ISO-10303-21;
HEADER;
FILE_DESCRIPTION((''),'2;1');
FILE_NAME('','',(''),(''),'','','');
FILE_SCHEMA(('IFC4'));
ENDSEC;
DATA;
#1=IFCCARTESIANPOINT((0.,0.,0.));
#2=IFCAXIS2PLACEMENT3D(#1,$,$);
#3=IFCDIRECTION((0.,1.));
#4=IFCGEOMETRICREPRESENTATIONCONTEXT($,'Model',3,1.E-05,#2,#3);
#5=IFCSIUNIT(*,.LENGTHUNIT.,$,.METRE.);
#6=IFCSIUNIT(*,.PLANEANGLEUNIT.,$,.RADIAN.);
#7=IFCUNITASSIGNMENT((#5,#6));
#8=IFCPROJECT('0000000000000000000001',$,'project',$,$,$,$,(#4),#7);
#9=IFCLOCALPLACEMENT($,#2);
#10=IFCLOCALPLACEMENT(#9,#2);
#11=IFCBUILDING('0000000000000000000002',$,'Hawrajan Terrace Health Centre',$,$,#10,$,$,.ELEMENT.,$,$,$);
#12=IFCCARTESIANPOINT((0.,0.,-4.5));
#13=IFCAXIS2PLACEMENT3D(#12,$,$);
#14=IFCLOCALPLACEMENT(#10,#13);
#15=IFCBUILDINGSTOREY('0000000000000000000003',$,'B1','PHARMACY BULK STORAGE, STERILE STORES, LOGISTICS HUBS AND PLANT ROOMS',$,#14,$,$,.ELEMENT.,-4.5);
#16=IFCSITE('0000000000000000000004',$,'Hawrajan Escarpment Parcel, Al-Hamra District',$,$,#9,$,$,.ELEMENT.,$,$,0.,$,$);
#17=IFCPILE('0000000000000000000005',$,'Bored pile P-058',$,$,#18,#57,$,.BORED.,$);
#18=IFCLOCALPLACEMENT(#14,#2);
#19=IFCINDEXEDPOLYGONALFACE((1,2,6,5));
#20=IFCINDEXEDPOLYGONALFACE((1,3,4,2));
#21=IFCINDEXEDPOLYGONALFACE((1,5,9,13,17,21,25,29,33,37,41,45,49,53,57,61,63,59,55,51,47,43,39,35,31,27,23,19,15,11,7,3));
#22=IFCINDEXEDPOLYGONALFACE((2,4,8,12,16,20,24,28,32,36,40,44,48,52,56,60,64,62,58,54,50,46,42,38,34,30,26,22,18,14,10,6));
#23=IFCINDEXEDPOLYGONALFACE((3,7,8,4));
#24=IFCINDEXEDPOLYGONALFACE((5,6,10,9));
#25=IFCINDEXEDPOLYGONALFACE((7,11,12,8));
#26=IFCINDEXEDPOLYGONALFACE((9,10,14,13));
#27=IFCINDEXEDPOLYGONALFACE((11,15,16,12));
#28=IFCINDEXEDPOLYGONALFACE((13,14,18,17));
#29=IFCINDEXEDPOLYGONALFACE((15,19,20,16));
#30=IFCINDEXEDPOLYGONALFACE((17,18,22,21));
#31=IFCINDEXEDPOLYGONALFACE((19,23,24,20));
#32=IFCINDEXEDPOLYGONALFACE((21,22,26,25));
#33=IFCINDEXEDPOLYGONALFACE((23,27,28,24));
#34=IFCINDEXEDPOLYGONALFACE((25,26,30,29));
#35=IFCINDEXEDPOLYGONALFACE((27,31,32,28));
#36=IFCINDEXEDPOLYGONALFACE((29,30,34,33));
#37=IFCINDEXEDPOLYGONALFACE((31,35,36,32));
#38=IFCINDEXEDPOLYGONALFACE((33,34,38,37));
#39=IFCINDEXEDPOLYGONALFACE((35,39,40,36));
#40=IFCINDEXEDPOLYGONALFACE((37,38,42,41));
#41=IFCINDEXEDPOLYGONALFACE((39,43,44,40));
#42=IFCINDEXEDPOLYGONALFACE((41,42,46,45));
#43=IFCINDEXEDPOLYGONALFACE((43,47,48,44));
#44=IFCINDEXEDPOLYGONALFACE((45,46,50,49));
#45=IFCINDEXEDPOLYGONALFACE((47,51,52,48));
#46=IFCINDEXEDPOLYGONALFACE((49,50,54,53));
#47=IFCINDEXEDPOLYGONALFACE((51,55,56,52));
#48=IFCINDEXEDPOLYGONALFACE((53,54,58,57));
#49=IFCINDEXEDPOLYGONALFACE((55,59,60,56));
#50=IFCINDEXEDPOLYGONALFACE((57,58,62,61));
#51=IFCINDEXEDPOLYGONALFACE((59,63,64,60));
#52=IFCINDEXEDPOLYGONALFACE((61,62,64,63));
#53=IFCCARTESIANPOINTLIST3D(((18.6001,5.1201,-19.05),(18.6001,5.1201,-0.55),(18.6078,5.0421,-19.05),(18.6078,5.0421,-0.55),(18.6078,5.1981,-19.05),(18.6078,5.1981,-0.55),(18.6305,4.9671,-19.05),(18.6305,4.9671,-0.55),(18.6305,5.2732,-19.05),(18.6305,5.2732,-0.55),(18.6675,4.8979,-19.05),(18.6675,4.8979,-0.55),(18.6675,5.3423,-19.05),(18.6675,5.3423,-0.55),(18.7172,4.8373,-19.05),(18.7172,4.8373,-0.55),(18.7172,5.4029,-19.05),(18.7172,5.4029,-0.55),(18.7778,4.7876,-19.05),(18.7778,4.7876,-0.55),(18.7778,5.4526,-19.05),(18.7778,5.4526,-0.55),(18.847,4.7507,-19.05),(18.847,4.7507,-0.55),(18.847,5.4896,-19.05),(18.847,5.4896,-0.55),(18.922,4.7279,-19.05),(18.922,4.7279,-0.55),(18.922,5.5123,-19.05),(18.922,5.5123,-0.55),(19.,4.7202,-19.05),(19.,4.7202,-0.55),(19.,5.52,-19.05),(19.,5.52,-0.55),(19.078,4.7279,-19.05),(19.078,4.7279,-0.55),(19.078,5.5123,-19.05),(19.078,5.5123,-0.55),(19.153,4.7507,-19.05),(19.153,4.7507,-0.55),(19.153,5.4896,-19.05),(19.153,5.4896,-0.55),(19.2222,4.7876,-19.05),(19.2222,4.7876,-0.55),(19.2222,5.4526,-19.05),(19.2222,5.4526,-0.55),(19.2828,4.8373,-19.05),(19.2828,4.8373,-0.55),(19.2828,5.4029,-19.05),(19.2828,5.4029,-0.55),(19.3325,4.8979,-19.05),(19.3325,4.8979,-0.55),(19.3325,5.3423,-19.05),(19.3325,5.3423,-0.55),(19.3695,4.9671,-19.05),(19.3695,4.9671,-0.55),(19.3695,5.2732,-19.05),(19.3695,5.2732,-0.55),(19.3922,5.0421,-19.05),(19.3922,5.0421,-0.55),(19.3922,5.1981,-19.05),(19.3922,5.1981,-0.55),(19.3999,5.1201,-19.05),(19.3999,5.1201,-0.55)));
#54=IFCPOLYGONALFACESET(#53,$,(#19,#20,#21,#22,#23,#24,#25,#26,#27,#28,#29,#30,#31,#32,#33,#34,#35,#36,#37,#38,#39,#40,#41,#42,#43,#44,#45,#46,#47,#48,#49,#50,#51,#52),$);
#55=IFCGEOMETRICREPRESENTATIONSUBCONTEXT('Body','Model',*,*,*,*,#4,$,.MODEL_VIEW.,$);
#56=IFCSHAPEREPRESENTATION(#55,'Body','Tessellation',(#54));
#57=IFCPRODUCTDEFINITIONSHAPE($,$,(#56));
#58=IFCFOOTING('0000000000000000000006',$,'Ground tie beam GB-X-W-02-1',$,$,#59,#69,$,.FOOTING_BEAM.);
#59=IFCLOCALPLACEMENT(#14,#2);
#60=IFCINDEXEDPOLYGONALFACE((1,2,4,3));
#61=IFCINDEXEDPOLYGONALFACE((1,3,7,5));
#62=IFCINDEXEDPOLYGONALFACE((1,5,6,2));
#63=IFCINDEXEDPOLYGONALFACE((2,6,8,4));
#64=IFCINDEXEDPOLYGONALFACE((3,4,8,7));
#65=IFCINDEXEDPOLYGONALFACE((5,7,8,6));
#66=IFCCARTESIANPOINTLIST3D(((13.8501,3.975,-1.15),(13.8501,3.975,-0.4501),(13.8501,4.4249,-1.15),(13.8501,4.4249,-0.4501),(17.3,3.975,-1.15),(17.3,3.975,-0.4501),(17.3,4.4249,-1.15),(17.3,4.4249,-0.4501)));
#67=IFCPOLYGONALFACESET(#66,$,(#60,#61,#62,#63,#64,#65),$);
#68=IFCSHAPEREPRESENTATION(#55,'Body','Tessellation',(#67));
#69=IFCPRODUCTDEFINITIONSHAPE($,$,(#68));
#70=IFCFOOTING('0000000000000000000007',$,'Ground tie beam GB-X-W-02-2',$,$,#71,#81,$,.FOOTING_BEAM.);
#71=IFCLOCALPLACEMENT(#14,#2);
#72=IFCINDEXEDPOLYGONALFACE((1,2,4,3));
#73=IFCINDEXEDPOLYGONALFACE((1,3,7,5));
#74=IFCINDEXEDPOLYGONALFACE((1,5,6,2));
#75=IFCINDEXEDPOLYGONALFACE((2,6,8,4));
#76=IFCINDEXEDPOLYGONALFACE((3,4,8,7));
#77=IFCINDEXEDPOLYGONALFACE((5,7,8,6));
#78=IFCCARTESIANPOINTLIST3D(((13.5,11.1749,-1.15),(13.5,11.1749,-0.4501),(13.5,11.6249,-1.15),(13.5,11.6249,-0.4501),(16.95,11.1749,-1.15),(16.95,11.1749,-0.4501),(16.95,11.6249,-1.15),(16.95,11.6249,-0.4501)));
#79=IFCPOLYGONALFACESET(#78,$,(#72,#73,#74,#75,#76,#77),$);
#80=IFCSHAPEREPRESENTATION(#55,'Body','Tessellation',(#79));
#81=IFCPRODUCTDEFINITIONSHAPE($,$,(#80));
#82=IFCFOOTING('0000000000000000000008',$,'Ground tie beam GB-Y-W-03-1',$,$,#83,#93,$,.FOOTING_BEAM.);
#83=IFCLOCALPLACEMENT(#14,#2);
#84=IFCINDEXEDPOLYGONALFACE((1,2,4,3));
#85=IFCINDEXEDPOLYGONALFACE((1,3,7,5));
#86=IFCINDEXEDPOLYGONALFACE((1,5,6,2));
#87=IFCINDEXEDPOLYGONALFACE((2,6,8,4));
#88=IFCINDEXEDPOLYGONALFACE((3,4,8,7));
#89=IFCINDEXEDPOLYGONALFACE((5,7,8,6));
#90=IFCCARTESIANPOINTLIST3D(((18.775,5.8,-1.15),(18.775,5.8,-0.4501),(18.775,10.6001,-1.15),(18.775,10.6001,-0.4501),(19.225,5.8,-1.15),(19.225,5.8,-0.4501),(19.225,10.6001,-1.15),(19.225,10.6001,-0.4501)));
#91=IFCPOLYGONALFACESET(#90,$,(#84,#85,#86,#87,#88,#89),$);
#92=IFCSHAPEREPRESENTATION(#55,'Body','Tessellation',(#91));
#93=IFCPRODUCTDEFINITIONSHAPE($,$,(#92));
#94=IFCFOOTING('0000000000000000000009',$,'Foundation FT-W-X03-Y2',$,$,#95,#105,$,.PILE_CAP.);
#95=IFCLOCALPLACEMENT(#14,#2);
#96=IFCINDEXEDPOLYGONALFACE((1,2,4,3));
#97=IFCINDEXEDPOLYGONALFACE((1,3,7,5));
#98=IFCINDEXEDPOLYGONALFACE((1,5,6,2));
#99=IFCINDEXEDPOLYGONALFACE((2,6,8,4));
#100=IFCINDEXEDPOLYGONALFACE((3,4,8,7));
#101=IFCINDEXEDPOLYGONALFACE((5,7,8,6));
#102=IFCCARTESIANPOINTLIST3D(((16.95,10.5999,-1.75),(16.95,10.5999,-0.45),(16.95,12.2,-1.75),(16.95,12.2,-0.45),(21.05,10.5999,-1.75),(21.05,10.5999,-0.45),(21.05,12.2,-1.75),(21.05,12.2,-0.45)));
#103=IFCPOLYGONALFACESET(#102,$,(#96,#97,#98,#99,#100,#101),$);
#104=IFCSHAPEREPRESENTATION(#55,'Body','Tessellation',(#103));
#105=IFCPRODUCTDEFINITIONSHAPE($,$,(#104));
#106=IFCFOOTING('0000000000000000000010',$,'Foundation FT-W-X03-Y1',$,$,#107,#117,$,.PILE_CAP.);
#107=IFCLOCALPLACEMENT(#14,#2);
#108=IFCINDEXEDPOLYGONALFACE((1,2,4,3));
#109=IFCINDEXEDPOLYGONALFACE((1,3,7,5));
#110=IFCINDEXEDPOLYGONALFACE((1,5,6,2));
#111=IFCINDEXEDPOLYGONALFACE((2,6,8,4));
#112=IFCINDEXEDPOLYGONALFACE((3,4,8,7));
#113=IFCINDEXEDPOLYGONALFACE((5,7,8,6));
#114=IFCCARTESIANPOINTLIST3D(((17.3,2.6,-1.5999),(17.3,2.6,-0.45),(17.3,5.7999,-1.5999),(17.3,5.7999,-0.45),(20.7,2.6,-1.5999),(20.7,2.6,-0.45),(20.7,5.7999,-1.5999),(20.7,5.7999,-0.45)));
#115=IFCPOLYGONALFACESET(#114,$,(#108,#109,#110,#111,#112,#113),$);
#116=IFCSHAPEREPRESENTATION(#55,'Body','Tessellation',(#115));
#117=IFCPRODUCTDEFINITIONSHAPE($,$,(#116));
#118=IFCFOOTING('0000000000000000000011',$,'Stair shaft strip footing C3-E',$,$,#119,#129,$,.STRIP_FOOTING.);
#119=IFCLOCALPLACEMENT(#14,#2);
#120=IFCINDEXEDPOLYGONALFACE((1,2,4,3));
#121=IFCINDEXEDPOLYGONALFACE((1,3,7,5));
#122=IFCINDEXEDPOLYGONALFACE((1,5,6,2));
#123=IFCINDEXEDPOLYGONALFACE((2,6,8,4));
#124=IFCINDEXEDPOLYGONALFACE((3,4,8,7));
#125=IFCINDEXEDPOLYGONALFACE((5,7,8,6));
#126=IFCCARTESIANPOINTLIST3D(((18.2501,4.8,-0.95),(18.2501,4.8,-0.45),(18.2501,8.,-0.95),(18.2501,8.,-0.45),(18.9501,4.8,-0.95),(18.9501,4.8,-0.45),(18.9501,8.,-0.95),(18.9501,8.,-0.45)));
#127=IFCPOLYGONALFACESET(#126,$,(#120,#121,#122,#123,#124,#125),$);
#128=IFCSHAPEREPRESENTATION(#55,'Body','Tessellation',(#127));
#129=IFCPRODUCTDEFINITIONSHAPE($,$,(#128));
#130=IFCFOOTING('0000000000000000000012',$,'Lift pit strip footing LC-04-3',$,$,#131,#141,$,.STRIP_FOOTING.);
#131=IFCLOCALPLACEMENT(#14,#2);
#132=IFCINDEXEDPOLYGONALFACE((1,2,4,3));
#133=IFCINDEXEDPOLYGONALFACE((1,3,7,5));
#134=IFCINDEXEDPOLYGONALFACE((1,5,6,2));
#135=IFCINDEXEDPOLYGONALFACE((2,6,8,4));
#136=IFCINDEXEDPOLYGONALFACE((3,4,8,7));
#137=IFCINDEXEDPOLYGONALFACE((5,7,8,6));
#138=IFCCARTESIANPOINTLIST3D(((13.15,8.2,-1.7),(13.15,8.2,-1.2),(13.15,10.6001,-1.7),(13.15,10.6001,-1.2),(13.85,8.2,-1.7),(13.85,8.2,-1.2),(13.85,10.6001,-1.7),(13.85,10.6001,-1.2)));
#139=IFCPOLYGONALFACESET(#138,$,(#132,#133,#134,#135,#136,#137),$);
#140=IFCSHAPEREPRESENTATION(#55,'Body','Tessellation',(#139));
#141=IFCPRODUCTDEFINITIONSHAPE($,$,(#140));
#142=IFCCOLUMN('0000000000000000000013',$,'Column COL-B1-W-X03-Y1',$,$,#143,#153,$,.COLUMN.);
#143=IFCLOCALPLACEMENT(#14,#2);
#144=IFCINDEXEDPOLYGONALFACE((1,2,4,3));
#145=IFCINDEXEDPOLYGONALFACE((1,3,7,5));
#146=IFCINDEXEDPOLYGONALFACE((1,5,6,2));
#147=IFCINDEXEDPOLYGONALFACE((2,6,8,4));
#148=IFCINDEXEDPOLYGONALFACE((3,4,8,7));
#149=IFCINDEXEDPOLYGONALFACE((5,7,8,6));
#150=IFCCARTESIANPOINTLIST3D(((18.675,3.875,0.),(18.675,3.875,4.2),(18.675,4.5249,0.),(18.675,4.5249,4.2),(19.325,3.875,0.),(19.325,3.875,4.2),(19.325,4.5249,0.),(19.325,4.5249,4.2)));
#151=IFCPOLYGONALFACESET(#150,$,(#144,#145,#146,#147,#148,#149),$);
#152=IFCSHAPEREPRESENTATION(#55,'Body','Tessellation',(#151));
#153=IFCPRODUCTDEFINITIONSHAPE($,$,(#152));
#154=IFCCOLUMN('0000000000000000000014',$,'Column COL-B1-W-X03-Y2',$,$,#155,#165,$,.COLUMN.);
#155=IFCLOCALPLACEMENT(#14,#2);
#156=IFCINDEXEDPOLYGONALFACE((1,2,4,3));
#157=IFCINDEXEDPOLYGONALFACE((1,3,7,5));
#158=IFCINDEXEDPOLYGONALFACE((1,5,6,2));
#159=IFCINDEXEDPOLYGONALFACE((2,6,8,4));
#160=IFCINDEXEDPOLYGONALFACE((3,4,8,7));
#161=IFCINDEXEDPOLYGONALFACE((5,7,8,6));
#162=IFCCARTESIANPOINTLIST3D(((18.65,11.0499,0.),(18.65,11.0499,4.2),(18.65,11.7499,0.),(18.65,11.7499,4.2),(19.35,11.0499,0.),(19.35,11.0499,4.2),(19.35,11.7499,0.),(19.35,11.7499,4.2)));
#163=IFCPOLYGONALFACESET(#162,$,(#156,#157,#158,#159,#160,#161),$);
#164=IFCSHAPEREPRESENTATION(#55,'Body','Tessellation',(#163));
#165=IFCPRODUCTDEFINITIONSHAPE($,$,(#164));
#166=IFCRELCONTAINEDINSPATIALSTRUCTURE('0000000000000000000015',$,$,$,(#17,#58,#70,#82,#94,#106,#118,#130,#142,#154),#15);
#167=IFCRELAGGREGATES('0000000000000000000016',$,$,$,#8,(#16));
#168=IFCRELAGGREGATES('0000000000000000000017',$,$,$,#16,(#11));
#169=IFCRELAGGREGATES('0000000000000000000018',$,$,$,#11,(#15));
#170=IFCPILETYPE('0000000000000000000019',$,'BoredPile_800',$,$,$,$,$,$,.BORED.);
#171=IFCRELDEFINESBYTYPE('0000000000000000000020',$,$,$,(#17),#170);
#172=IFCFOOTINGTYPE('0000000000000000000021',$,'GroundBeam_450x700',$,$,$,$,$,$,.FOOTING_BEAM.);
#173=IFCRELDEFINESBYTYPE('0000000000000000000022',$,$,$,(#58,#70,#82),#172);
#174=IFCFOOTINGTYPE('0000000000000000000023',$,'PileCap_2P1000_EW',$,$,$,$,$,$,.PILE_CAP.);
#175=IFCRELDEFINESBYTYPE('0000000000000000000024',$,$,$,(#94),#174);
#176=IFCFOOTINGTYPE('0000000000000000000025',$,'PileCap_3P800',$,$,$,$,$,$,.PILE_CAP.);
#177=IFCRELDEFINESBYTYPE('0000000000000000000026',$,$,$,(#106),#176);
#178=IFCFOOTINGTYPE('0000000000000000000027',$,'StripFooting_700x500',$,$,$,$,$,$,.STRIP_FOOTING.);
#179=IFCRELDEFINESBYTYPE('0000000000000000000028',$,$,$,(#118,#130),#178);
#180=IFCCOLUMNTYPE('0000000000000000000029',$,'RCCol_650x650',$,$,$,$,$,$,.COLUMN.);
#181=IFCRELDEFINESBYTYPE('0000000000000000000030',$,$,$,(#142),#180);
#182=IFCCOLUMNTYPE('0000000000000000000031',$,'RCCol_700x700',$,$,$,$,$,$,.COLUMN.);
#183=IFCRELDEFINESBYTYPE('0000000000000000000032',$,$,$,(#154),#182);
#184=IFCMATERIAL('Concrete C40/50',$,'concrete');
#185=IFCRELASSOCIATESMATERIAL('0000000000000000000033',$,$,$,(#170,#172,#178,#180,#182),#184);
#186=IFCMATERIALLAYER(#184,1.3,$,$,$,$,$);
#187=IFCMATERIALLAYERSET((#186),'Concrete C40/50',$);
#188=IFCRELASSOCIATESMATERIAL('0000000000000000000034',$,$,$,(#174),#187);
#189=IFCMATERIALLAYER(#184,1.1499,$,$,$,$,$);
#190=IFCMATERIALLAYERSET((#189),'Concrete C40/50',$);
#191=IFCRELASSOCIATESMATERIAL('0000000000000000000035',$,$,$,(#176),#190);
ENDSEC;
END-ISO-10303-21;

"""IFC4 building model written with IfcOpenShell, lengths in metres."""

from ifc_helpers import new_model, si_unit, direction, frame, origin, origin_2d, place, context, subcontext, project, spatial, rectangle, circle, extrude, material, layer, layer_set, material_profile, profile_set, type_object, element, save


model = new_model("IFC4")

# Units and contexts
model_context = context("Model", 3, precision=1e-05, world=origin(), true_north=direction((0.0, 1.0)))
body_context = subcontext(model_context, "Body", "Model", "MODEL_VIEW")
ifc_project = project(units=[si_unit("LENGTHUNIT", "METRE"), si_unit("PLANEANGLEUNIT", "RADIAN")], contexts=[model_context])

# Site, building, storey
site_placement = place(None, origin())
site = spatial("IfcSite", under=ifc_project, at=site_placement, Name="Hawrajan Escarpment Parcel, Al-Hamra District", CompositionType="ELEMENT", RefElevation=0.0)
building_placement = place(site_placement, origin())
building = spatial("IfcBuilding", under=site, at=building_placement, Name="Hawrajan Terrace Health Centre", CompositionType="ELEMENT")
storey_placement = place(building_placement, frame((0.0, 0.0, -4.5)))
storey = spatial("IfcBuildingStorey", under=building, at=storey_placement, Name="B1", Description="PHARMACY BULK STORAGE, STERILE STORES, LOGISTICS HUBS AND PLANT ROOMS", CompositionType="ELEMENT", Elevation=-4.5)

# Pile
ifc_material_1 = material(Name="Concrete C40/50", Category="concrete")
ifc_material_profile_1 = material_profile(ifc_material_1, circle(Radius=0.3999, at=origin_2d()), Name="BP 800")
ifc_profile_set_1 = profile_set([ifc_material_profile_1], Name="Concrete C40/50")
pile_type_1 = type_object("IfcPileType", Name="BoredPile_800", PredefinedType="BORED", material=ifc_profile_set_1)
for number, where, z_axis, x_axis, name in (
    (1, (19.0, 5.1201, -0.55), (0.0, 0.0, -1.0), (1.0, 0.0, 0.0), "Bored pile P-058"),
):
    element("IfcPile", number, at=place(storey_placement, frame(where, z_axis=z_axis, x_axis=x_axis)), inside=storey, type_object=pile_type_1, Name=name, PredefinedType="BORED", context=body_context, shape_type="SweptSolid", body=[
        extrude(circle(Radius=0.3999, at=origin_2d()), origin(), (0.0, 0.0, 1.0), 18.5),
    ])

# Footings
ifc_material_profile_2 = material_profile(ifc_material_1, rectangle(XDim=0.45, YDim=0.7, at=origin_2d()), Name="RC BM 450x700")
ifc_profile_set_2 = profile_set([ifc_material_profile_2], Name="Concrete C40/50")
footing_type_1 = type_object("IfcFootingType", Name="GroundBeam_450x700", PredefinedType="FOOTING_BEAM", material=ifc_profile_set_2)
for number, where, z_axis, x_axis, name in (
    (2, (13.8501, 4.2, -0.8), (1.0, 0.0, 0.0), (0.0, 1.0, 0.0), "Ground tie beam GB-X-W-02-1"),
    (3, (13.5, 11.3999, -0.8), (1.0, 0.0, 0.0), (0.0, 1.0, 0.0), "Ground tie beam GB-X-W-02-2"),
):
    element("IfcFooting", number, at=place(storey_placement, frame(where, z_axis=z_axis, x_axis=x_axis)), inside=storey, type_object=footing_type_1, Name=name, PredefinedType="FOOTING_BEAM", context=body_context, shape_type="SweptSolid", body=[
        extrude(rectangle(XDim=0.45, YDim=0.7, at=origin_2d()), origin(), (0.0, 0.0, 1.0), 3.45),
    ])
footing_1_placement = place(storey_placement, frame((19.0, 5.8, -0.8), z_axis=(0.0, 1.0, 0.0), x_axis=(-1.0, 0.0, 0.0)))
element("IfcFooting", 4, at=footing_1_placement, inside=storey, type_object=footing_type_1, Name="Ground tie beam GB-Y-W-03-1", PredefinedType="FOOTING_BEAM", context=body_context, shape_type="SweptSolid", body=[
    extrude(rectangle(XDim=0.45, YDim=0.7, at=origin_2d()), origin(), (0.0, 0.0, 1.0), 4.8),
])
ifc_layer_1 = layer(ifc_material_1, 1.3)
ifc_layer_set_1 = layer_set([ifc_layer_1], Name="Concrete C40/50")
footing_type_2 = type_object("IfcFootingType", Name="PileCap_2P1000_EW", PredefinedType="PILE_CAP", material=ifc_layer_set_1)
footing_2_placement = place(storey_placement, frame((19.0, 11.3999, -1.75), z_axis=(0.0, 0.0, 1.0), x_axis=(1.0, 0.0, 0.0)))
element("IfcFooting", 5, at=footing_2_placement, inside=storey, type_object=footing_type_2, Name="Foundation FT-W-X03-Y2", PredefinedType="PILE_CAP", context=body_context, shape_type="SweptSolid", body=[
    extrude(rectangle(XDim=4.1001, YDim=1.6001, at=origin_2d()), origin(), (0.0, 0.0, 1.0), 1.3),
])
ifc_layer_2 = layer(ifc_material_1, 1.1499)
ifc_layer_set_2 = layer_set([ifc_layer_2], Name="Concrete C40/50")
footing_type_3 = type_object("IfcFootingType", Name="PileCap_3P800", PredefinedType="PILE_CAP", material=ifc_layer_set_2)
footing_3_placement = place(storey_placement, frame((19.0, 4.2, -1.5999), z_axis=(0.0, 0.0, 1.0), x_axis=(1.0, 0.0, 0.0)))
element("IfcFooting", 6, at=footing_3_placement, inside=storey, type_object=footing_type_3, Name="Foundation FT-W-X03-Y1", PredefinedType="PILE_CAP", context=body_context, shape_type="SweptSolid", body=[
    extrude(rectangle(XDim=3.3999, YDim=3.2, at=origin_2d()), origin(), (0.0, 0.0, 1.0), 1.1499),
])
ifc_material_profile_3 = material_profile(ifc_material_1, rectangle(XDim=0.7, YDim=0.5, at=origin_2d()), Name="RC STRIP 700x500")
ifc_profile_set_3 = profile_set([ifc_material_profile_3], Name="Concrete C40/50")
footing_type_4 = type_object("IfcFootingType", Name="StripFooting_700x500", PredefinedType="STRIP_FOOTING", material=ifc_profile_set_3)
footing_4_placement = place(storey_placement, frame((18.6001, 4.8, -0.7), z_axis=(0.0, 1.0, 0.0), x_axis=(-1.0, 0.0, 0.0)))
element("IfcFooting", 7, at=footing_4_placement, inside=storey, type_object=footing_type_4, Name="Stair shaft strip footing C3-E", PredefinedType="STRIP_FOOTING", context=body_context, shape_type="SweptSolid", body=[
    extrude(rectangle(XDim=0.7, YDim=0.5, at=origin_2d()), origin(), (0.0, 0.0, 1.0), 3.2),
])
footing_5_placement = place(storey_placement, frame((13.5, 8.2, -1.45), z_axis=(0.0, 1.0, 0.0), x_axis=(-1.0, 0.0, 0.0)))
element("IfcFooting", 8, at=footing_5_placement, inside=storey, type_object=footing_type_4, Name="Lift pit strip footing LC-04-3", PredefinedType="STRIP_FOOTING", context=body_context, shape_type="SweptSolid", body=[
    extrude(rectangle(XDim=0.7, YDim=0.5, at=origin_2d()), origin(), (0.0, 0.0, 1.0), 2.4001),
])

# Columns
ifc_material_profile_4 = material_profile(ifc_material_1, rectangle(XDim=0.6499, YDim=0.6499, at=origin_2d()), Name="RC 650x650")
ifc_profile_set_4 = profile_set([ifc_material_profile_4], Name="Concrete C40/50")
column_type_1 = type_object("IfcColumnType", Name="RCCol_650x650", PredefinedType="COLUMN", material=ifc_profile_set_4)
column_1_placement = place(storey_placement, frame((19.0, 4.2, 0.0), z_axis=(0.0, 0.0, 1.0), x_axis=(1.0, 0.0, 0.0)))
element("IfcColumn", 9, at=column_1_placement, inside=storey, type_object=column_type_1, Name="Column COL-B1-W-X03-Y1", PredefinedType="COLUMN", context=body_context, shape_type="SweptSolid", body=[
    extrude(rectangle(XDim=0.6499, YDim=0.6499, at=origin_2d()), origin(), (0.0, 0.0, 1.0), 4.2),
])
ifc_material_profile_5 = material_profile(ifc_material_1, rectangle(XDim=0.7, YDim=0.7, at=origin_2d()), Name="RC 700x700")
ifc_profile_set_5 = profile_set([ifc_material_profile_5], Name="Concrete C40/50")
column_type_2 = type_object("IfcColumnType", Name="RCCol_700x700", PredefinedType="COLUMN", material=ifc_profile_set_5)
column_2_placement = place(storey_placement, frame((19.0, 11.3999, 0.0), z_axis=(0.0, 0.0, 1.0), x_axis=(1.0, 0.0, 0.0)))
element("IfcColumn", 10, at=column_2_placement, inside=storey, type_object=column_type_2, Name="Column COL-B1-W-X03-Y2", PredefinedType="COLUMN", context=body_context, shape_type="SweptSolid", body=[
    extrude(rectangle(XDim=0.7, YDim=0.7, at=origin_2d()), origin(), (0.0, 0.0, 1.0), 4.2),
])

save(model, "model.ifc")
